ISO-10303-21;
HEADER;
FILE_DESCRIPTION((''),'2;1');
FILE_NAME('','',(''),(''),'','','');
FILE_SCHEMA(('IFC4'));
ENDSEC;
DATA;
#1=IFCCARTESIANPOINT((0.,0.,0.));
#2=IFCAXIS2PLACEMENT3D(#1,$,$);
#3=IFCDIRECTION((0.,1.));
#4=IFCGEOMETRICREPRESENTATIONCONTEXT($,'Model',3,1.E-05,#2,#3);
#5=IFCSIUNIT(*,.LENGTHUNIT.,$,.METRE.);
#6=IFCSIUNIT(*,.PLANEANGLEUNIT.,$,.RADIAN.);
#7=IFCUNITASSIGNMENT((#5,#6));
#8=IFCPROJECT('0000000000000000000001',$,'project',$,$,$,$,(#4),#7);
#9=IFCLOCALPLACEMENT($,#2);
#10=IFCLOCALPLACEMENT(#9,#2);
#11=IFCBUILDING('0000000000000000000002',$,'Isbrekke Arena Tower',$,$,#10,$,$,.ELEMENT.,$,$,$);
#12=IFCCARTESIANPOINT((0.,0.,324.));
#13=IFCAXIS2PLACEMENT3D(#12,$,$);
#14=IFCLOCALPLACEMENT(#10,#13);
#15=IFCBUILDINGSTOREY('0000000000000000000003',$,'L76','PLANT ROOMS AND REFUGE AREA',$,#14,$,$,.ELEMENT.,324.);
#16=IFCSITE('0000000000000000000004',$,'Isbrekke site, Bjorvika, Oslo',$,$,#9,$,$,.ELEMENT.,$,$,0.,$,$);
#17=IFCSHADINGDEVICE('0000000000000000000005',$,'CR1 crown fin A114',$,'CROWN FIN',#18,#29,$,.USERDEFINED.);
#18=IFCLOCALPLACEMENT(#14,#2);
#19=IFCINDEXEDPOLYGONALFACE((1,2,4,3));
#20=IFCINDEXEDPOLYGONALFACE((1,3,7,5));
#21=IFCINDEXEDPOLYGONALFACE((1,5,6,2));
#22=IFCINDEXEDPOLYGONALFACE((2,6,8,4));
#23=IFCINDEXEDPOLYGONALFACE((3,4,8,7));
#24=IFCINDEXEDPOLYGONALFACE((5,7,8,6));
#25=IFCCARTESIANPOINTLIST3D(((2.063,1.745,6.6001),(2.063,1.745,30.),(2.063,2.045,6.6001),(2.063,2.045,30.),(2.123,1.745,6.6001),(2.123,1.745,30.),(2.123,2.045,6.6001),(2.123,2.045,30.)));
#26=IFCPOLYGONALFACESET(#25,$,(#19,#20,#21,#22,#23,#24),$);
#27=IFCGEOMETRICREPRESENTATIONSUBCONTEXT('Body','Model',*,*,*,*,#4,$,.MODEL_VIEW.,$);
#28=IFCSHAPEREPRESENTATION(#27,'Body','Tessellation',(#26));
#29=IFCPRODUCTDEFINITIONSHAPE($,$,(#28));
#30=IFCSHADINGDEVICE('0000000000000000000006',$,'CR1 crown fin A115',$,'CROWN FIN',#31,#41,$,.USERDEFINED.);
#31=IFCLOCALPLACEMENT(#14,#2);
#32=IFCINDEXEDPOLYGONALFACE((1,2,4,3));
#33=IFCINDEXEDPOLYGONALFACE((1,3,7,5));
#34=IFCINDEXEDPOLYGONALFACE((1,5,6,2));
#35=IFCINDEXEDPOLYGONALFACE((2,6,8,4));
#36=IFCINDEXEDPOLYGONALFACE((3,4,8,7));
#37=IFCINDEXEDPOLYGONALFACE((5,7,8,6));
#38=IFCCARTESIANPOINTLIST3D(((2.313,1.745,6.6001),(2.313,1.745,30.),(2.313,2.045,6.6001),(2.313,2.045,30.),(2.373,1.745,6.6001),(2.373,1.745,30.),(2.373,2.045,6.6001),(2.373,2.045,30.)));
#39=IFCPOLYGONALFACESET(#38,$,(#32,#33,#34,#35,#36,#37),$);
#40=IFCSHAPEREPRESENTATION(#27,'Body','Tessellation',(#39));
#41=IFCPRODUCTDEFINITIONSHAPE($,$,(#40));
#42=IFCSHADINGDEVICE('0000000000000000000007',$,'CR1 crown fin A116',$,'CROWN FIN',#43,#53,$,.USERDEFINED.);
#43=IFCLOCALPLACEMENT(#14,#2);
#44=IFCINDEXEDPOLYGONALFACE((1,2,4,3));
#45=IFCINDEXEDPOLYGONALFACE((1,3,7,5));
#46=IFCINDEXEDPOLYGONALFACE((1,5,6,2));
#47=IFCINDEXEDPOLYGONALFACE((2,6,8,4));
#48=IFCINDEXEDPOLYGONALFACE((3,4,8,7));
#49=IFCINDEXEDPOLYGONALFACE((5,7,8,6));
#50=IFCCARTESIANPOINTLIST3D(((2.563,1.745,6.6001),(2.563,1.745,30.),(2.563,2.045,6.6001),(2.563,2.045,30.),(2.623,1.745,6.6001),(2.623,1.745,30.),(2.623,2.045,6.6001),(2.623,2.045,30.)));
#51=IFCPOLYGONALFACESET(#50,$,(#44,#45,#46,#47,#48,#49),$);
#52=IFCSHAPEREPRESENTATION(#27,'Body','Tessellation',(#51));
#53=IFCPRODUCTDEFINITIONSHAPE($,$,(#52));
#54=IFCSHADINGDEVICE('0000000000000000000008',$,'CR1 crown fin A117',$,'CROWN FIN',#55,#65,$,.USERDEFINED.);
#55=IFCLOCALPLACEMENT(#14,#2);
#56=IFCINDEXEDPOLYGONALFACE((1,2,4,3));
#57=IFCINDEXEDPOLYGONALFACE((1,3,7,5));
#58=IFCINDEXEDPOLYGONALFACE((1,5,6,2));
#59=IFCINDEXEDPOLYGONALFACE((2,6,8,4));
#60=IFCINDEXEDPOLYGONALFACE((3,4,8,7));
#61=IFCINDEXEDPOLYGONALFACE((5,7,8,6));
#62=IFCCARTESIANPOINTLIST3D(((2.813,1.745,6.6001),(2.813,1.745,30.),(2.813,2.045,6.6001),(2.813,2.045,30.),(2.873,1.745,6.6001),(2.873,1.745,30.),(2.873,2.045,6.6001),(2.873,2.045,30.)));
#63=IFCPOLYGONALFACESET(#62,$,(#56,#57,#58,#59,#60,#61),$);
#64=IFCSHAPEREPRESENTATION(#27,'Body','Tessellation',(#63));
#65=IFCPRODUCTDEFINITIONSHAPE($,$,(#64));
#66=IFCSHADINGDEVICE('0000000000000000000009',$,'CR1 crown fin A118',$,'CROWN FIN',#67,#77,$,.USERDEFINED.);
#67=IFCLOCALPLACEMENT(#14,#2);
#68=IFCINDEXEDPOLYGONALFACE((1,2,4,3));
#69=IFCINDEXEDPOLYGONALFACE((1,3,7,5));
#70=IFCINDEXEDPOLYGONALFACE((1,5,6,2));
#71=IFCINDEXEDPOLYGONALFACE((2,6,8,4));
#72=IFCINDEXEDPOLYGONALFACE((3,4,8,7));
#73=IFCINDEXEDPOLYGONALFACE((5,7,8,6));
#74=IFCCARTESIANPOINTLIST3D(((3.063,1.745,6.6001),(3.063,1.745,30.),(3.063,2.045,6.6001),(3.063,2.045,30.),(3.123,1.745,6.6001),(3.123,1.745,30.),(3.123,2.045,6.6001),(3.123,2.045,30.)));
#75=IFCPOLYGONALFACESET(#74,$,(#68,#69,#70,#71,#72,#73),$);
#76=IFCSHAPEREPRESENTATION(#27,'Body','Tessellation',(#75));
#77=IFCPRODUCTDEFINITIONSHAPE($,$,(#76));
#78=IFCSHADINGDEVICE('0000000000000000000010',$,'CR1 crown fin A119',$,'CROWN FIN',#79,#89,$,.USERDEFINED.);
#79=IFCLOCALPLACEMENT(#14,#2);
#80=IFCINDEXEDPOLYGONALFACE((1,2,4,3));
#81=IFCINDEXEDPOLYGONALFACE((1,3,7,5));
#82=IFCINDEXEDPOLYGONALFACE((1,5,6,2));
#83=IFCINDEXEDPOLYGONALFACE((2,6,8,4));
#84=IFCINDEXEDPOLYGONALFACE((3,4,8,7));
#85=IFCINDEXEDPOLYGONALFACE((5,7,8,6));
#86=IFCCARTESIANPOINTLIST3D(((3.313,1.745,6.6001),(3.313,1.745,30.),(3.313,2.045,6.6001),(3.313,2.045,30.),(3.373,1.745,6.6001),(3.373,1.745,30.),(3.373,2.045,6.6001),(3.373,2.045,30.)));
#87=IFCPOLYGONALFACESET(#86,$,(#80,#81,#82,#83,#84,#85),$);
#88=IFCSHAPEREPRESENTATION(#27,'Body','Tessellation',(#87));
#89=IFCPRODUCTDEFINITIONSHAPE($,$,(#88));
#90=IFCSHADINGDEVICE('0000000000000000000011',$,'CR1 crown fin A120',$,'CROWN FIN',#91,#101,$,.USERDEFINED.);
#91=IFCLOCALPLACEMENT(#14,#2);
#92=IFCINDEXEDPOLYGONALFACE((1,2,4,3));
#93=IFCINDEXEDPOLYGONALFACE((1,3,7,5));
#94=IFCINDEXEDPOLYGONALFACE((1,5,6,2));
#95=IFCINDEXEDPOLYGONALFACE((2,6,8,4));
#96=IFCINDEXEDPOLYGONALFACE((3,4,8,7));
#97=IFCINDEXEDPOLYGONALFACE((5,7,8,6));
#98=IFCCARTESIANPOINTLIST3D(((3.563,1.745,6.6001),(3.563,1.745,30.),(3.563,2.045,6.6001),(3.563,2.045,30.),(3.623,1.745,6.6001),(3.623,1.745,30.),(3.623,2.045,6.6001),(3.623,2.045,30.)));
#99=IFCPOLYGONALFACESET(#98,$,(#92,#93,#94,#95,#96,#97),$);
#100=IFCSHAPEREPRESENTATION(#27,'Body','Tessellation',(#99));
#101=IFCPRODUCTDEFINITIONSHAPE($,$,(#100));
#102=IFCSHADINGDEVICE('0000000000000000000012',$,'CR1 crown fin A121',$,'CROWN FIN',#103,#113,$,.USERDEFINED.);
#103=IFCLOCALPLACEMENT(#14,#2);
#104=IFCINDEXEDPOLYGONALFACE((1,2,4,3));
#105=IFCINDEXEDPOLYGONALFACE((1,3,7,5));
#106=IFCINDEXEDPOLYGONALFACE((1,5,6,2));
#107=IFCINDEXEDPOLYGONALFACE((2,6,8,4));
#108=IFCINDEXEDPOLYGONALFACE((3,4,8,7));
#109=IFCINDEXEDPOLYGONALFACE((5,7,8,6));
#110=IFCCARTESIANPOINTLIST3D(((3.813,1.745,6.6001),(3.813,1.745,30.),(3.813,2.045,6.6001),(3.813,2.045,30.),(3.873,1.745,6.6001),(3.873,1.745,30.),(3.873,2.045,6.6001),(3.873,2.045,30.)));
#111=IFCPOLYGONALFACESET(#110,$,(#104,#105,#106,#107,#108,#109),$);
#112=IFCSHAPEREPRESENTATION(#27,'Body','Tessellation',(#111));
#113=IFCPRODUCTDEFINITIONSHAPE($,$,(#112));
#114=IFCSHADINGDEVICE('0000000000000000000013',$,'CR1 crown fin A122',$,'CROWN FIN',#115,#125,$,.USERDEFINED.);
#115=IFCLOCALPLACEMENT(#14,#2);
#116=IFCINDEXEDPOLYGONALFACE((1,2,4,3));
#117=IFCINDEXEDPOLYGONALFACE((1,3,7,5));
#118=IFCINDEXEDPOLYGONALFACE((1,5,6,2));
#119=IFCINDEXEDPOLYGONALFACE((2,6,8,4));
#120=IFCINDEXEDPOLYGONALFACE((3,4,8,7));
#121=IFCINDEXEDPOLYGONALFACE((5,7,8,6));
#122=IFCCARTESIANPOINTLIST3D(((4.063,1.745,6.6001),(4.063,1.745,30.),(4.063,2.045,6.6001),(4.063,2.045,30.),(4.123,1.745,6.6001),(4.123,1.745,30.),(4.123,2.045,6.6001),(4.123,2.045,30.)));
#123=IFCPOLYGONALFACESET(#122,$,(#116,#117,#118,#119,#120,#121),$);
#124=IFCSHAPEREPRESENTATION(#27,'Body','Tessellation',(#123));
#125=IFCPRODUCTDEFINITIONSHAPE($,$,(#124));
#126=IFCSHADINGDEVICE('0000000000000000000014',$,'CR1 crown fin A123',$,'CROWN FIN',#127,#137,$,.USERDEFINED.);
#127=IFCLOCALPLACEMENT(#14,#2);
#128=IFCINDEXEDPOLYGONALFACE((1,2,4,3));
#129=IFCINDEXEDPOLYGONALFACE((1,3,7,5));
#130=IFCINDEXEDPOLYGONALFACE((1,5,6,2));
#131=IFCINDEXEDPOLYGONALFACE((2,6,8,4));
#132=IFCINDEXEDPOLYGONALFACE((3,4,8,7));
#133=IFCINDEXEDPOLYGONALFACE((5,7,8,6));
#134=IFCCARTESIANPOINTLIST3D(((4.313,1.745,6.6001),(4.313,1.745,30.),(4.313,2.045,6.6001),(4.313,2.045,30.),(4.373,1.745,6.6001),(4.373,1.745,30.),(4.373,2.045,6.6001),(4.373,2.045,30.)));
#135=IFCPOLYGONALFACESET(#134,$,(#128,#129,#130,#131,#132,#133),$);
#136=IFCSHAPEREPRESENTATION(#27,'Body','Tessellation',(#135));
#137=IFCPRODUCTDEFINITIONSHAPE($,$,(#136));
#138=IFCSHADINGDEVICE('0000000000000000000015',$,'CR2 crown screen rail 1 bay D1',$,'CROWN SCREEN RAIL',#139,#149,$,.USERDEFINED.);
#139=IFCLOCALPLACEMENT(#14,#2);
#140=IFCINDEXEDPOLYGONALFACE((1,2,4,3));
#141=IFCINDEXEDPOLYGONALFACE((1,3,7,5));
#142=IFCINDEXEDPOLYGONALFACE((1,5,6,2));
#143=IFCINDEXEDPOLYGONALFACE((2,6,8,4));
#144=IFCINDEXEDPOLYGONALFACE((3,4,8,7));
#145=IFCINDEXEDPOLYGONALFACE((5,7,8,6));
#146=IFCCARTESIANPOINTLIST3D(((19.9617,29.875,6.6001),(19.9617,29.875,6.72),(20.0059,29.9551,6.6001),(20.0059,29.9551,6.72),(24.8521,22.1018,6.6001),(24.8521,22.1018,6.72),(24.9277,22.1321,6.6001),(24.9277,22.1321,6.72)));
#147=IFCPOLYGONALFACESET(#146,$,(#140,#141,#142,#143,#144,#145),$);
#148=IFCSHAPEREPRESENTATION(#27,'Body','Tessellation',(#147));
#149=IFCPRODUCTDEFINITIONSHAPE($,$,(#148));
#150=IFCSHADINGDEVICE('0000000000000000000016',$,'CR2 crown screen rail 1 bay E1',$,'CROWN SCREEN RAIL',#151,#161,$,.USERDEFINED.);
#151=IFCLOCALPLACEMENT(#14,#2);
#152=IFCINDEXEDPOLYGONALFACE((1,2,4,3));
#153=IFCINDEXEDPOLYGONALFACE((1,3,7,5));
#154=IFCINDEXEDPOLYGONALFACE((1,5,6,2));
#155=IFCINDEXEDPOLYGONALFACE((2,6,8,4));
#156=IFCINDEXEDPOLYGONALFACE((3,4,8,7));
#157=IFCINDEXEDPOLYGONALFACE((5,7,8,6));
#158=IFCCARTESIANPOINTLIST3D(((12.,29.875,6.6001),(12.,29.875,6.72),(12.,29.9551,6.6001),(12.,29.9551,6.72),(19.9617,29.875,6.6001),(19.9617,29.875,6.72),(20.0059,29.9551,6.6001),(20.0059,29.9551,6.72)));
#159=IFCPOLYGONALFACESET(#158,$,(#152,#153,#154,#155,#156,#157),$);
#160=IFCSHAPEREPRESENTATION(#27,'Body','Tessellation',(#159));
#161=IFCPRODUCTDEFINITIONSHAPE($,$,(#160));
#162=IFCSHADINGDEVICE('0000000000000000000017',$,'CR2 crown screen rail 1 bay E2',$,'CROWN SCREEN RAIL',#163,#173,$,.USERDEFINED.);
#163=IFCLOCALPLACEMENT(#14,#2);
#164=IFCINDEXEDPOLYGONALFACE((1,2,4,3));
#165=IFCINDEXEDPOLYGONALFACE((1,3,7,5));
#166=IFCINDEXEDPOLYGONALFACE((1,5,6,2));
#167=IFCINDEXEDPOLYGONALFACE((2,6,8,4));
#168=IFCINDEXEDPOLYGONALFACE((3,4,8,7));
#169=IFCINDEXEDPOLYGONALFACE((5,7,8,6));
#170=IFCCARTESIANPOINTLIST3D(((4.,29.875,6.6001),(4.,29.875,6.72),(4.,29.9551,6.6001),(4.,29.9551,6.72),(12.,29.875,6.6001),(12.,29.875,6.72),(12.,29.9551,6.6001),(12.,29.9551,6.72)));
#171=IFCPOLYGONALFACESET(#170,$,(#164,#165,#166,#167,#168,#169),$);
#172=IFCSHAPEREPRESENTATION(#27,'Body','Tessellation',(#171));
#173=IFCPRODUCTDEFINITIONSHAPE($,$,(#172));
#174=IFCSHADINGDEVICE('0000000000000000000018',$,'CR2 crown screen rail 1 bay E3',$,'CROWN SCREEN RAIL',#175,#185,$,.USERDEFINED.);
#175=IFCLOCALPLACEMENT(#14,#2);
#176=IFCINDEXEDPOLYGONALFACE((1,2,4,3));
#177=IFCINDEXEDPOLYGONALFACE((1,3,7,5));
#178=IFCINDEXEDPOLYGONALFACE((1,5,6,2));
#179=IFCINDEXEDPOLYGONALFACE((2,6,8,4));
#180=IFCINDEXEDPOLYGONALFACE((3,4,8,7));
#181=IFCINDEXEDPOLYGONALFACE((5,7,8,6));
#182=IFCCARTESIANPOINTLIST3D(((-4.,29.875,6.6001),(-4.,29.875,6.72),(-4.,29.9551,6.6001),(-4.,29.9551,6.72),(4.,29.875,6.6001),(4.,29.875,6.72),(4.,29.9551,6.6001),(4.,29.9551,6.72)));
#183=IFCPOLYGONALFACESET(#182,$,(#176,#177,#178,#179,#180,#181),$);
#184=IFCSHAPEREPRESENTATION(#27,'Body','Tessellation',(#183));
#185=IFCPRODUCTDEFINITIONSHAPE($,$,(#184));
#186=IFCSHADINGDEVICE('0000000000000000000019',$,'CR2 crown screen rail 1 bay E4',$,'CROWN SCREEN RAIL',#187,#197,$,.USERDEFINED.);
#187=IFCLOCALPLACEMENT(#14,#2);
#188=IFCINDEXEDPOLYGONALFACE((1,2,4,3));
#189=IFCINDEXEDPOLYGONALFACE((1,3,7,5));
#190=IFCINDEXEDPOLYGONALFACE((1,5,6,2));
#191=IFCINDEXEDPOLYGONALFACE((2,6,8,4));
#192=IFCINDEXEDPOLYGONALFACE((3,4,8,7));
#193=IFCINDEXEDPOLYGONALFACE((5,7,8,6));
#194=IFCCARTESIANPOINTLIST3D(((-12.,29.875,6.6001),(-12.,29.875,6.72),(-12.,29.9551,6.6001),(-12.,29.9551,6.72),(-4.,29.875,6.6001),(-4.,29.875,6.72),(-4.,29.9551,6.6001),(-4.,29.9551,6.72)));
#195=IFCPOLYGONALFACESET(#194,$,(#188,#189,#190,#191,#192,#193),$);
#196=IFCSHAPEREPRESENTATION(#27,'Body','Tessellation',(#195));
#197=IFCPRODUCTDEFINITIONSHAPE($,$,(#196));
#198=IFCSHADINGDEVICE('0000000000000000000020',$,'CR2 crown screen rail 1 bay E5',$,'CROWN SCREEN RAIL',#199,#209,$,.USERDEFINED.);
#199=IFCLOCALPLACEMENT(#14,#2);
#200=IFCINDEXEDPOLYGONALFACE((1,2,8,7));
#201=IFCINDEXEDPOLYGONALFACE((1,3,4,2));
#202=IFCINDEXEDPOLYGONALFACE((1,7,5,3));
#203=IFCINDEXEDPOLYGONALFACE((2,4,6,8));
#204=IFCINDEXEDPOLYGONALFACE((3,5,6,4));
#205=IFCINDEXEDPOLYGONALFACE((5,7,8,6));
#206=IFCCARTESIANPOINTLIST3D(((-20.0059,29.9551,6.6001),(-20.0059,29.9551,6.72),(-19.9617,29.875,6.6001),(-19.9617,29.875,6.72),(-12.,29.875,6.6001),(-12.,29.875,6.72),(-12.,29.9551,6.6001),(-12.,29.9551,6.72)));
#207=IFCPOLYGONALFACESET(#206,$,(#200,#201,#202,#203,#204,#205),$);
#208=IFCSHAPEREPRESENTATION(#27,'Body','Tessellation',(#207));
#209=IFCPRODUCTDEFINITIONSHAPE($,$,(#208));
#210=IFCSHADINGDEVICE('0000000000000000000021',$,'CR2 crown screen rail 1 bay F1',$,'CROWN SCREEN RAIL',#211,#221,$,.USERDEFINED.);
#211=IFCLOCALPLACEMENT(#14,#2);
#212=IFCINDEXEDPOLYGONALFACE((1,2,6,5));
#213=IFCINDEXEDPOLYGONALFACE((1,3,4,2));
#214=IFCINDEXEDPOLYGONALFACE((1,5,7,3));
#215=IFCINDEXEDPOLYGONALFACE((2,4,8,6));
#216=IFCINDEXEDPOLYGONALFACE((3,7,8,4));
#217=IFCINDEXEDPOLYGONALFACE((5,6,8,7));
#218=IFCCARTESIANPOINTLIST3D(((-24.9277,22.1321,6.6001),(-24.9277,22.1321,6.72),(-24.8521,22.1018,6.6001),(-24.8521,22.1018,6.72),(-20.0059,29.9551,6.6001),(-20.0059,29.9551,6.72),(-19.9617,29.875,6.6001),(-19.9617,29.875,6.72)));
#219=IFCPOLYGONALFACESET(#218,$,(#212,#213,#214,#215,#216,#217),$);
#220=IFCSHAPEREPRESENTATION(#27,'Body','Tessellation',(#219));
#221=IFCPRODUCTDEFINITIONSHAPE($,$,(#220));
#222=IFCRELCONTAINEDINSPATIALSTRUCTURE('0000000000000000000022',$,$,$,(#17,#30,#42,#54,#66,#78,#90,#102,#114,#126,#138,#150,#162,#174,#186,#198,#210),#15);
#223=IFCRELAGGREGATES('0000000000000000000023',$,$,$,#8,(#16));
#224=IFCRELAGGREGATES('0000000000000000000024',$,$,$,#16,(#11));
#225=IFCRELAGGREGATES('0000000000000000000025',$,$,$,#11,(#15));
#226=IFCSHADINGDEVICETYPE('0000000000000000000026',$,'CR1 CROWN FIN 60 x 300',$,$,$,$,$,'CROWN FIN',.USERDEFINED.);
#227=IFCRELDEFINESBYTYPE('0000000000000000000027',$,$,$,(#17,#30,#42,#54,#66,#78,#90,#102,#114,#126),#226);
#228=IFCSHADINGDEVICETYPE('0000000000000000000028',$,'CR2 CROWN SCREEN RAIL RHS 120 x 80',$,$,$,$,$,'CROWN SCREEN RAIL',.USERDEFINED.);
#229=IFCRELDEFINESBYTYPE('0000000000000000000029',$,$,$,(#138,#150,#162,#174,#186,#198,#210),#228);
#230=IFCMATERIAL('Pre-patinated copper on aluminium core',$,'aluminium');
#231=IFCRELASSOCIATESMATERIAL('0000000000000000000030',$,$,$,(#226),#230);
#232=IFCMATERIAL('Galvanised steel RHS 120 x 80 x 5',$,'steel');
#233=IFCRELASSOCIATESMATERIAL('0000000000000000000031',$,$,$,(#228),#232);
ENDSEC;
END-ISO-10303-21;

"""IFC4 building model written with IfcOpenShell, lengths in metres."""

from ifc_helpers import new_model, si_unit, direction, frame, origin, origin_2d, place, context, subcontext, project, spatial, polyline, rectangle, outline, extrude, material, material_profile, profile_set, type_object, element, save


model = new_model("IFC4")

# Units and contexts
model_context = context("Model", 3, precision=1e-05, world=origin(), true_north=direction((0.0, 1.0)))
body_context = subcontext(model_context, "Body", "Model", "MODEL_VIEW")
ifc_project = project(units=[si_unit("LENGTHUNIT", "METRE"), si_unit("PLANEANGLEUNIT", "RADIAN")], contexts=[model_context])

# Site, building, storey
site_placement = place(None, origin())
site = spatial("IfcSite", under=ifc_project, at=site_placement, Name="Isbrekke site, Bjorvika, Oslo", CompositionType="ELEMENT", RefElevation=0.0)
building_placement = place(site_placement, origin())
building = spatial("IfcBuilding", under=site, at=building_placement, Name="Isbrekke Arena Tower", CompositionType="ELEMENT")
storey_placement = place(building_placement, frame((0.0, 0.0, 324.0)))
storey = spatial("IfcBuildingStorey", under=building, at=storey_placement, Name="L76", Description="PLANT ROOMS AND REFUGE AREA", CompositionType="ELEMENT", Elevation=324.0)

# Shading devices
ifc_material_1 = material(Name="Pre-patinated copper on aluminium core", Category="aluminium")
ifc_material_profile_1 = material_profile(ifc_material_1, rectangle(XDim=0.0601, YDim=0.3, at=origin_2d()), Name="FIN 60X300")
ifc_profile_set_1 = profile_set([ifc_material_profile_1], Name="Pre-patinated copper on aluminium core")
shading_device_type_1 = type_object("IfcShadingDeviceType", Name="CR1 CROWN FIN 60 x 300", ElementType="CROWN FIN", PredefinedType="USERDEFINED", material=ifc_profile_set_1)
for number, where, z_axis, x_axis, name in (
    (1, (2.093, 1.895, 6.6001), (0.0, 0.0, 1.0), (1.0, 0.0, 0.0), "CR1 crown fin A114"),
    (2, (2.343, 1.895, 6.6001), (0.0, 0.0, 1.0), (1.0, 0.0, 0.0), "CR1 crown fin A115"),
    (3, (2.593, 1.895, 6.6001), (0.0, 0.0, 1.0), (1.0, 0.0, 0.0), "CR1 crown fin A116"),
    (4, (2.843, 1.895, 6.6001), (0.0, 0.0, 1.0), (1.0, 0.0, 0.0), "CR1 crown fin A117"),
    (5, (3.093, 1.895, 6.6001), (0.0, 0.0, 1.0), (1.0, 0.0, 0.0), "CR1 crown fin A118"),
    (6, (3.343, 1.895, 6.6001), (0.0, 0.0, 1.0), (1.0, 0.0, 0.0), "CR1 crown fin A119"),
    (7, (3.593, 1.895, 6.6001), (0.0, 0.0, 1.0), (1.0, 0.0, 0.0), "CR1 crown fin A120"),
    (8, (3.843, 1.895, 6.6001), (0.0, 0.0, 1.0), (1.0, 0.0, 0.0), "CR1 crown fin A121"),
    (9, (4.093, 1.895, 6.6001), (0.0, 0.0, 1.0), (1.0, 0.0, 0.0), "CR1 crown fin A122"),
    (10, (4.343, 1.895, 6.6001), (0.0, 0.0, 1.0), (1.0, 0.0, 0.0), "CR1 crown fin A123"),
):
    element("IfcShadingDevice", number, at=place(storey_placement, frame(where, z_axis=z_axis, x_axis=x_axis)), inside=storey, type_object=shading_device_type_1, Name=name, ObjectType="CROWN FIN", PredefinedType="USERDEFINED", context=body_context, shape_type="SweptSolid", body=[
        extrude(rectangle(XDim=0.0601, YDim=0.3, at=origin_2d()), origin(), (0.0, 0.0, 1.0), 23.3999),
    ])
ifc_material_2 = material(Name="Galvanised steel RHS 120 x 80 x 5", Category="steel")
shading_device_type_2 = type_object("IfcShadingDeviceType", Name="CR2 CROWN SCREEN RAIL RHS 120 x 80", ElementType="CROWN SCREEN RAIL", PredefinedType="USERDEFINED", material=ifc_material_2)
shading_device_1_placement = place(storey_placement, frame((0.0, 0.0, 6.6001)))
element("IfcShadingDevice", 11, at=shading_device_1_placement, inside=storey, type_object=shading_device_type_2, Name="CR2 crown screen rail 1 bay D1", ObjectType="CROWN SCREEN RAIL", PredefinedType="USERDEFINED", context=body_context, shape_type="SweptSolid", body=[
    extrude(outline(polyline([(24.8521, 22.1018), (19.9617, 29.875), (20.0059, 29.9551), (24.9277, 22.1321), (24.8521, 22.1018)])), origin(), (0.0, 0.0, 1.0), 0.1199),
])
shading_device_2_placement = place(storey_placement, frame((0.0, 0.0, 6.6001)))
element("IfcShadingDevice", 12, at=shading_device_2_placement, inside=storey, type_object=shading_device_type_2, Name="CR2 crown screen rail 1 bay E1", ObjectType="CROWN SCREEN RAIL", PredefinedType="USERDEFINED", context=body_context, shape_type="SweptSolid", body=[
    extrude(outline(polyline([(19.9617, 29.875), (12.0, 29.875), (12.0, 29.9551), (20.0059, 29.9551), (19.9617, 29.875)])), origin(), (0.0, 0.0, 1.0), 0.1199),
])
shading_device_3_placement = place(storey_placement, frame((0.0, 0.0, 6.6001)))
element("IfcShadingDevice", 13, at=shading_device_3_placement, inside=storey, type_object=shading_device_type_2, Name="CR2 crown screen rail 1 bay E2", ObjectType="CROWN SCREEN RAIL", PredefinedType="USERDEFINED", context=body_context, shape_type="SweptSolid", body=[
    extrude(outline(polyline([(12.0, 29.875), (4.0, 29.875), (4.0, 29.9551), (12.0, 29.9551), (12.0, 29.875)])), origin(), (0.0, 0.0, 1.0), 0.1199),
])
shading_device_4_placement = place(storey_placement, frame((0.0, 0.0, 6.6001)))
element("IfcShadingDevice", 14, at=shading_device_4_placement, inside=storey, type_object=shading_device_type_2, Name="CR2 crown screen rail 1 bay E3", ObjectType="CROWN SCREEN RAIL", PredefinedType="USERDEFINED", context=body_context, shape_type="SweptSolid", body=[
    extrude(outline(polyline([(4.0, 29.875), (-4.0, 29.875), (-4.0, 29.9551), (4.0, 29.9551), (4.0, 29.875)])), origin(), (0.0, 0.0, 1.0), 0.1199),
])
shading_device_5_placement = place(storey_placement, frame((0.0, 0.0, 6.6001)))
element("IfcShadingDevice", 15, at=shading_device_5_placement, inside=storey, type_object=shading_device_type_2, Name="CR2 crown screen rail 1 bay E4", ObjectType="CROWN SCREEN RAIL", PredefinedType="USERDEFINED", context=body_context, shape_type="SweptSolid", body=[
    extrude(outline(polyline([(-4.0, 29.875), (-12.0, 29.875), (-12.0, 29.9551), (-4.0, 29.9551), (-4.0, 29.875)])), origin(), (0.0, 0.0, 1.0), 0.1199),
])
shading_device_6_placement = place(storey_placement, frame((0.0, 0.0, 6.6001)))
element("IfcShadingDevice", 16, at=shading_device_6_placement, inside=storey, type_object=shading_device_type_2, Name="CR2 crown screen rail 1 bay E5", ObjectType="CROWN SCREEN RAIL", PredefinedType="USERDEFINED", context=body_context, shape_type="SweptSolid", body=[
    extrude(outline(polyline([(-12.0, 29.875), (-19.9617, 29.875), (-20.0059, 29.9551), (-12.0, 29.9551), (-12.0, 29.875)])), origin(), (0.0, 0.0, 1.0), 0.1199),
])
shading_device_7_placement = place(storey_placement, frame((0.0, 0.0, 6.6001)))
element("IfcShadingDevice", 17, at=shading_device_7_placement, inside=storey, type_object=shading_device_type_2, Name="CR2 crown screen rail 1 bay F1", ObjectType="CROWN SCREEN RAIL", PredefinedType="USERDEFINED", context=body_context, shape_type="SweptSolid", body=[
    extrude(outline(polyline([(-19.9617, 29.875), (-24.8521, 22.1018), (-24.9277, 22.1321), (-20.0059, 29.9551), (-19.9617, 29.875)])), origin(), (0.0, 0.0, 1.0), 0.1199),
])

save(model, "model.ifc")
